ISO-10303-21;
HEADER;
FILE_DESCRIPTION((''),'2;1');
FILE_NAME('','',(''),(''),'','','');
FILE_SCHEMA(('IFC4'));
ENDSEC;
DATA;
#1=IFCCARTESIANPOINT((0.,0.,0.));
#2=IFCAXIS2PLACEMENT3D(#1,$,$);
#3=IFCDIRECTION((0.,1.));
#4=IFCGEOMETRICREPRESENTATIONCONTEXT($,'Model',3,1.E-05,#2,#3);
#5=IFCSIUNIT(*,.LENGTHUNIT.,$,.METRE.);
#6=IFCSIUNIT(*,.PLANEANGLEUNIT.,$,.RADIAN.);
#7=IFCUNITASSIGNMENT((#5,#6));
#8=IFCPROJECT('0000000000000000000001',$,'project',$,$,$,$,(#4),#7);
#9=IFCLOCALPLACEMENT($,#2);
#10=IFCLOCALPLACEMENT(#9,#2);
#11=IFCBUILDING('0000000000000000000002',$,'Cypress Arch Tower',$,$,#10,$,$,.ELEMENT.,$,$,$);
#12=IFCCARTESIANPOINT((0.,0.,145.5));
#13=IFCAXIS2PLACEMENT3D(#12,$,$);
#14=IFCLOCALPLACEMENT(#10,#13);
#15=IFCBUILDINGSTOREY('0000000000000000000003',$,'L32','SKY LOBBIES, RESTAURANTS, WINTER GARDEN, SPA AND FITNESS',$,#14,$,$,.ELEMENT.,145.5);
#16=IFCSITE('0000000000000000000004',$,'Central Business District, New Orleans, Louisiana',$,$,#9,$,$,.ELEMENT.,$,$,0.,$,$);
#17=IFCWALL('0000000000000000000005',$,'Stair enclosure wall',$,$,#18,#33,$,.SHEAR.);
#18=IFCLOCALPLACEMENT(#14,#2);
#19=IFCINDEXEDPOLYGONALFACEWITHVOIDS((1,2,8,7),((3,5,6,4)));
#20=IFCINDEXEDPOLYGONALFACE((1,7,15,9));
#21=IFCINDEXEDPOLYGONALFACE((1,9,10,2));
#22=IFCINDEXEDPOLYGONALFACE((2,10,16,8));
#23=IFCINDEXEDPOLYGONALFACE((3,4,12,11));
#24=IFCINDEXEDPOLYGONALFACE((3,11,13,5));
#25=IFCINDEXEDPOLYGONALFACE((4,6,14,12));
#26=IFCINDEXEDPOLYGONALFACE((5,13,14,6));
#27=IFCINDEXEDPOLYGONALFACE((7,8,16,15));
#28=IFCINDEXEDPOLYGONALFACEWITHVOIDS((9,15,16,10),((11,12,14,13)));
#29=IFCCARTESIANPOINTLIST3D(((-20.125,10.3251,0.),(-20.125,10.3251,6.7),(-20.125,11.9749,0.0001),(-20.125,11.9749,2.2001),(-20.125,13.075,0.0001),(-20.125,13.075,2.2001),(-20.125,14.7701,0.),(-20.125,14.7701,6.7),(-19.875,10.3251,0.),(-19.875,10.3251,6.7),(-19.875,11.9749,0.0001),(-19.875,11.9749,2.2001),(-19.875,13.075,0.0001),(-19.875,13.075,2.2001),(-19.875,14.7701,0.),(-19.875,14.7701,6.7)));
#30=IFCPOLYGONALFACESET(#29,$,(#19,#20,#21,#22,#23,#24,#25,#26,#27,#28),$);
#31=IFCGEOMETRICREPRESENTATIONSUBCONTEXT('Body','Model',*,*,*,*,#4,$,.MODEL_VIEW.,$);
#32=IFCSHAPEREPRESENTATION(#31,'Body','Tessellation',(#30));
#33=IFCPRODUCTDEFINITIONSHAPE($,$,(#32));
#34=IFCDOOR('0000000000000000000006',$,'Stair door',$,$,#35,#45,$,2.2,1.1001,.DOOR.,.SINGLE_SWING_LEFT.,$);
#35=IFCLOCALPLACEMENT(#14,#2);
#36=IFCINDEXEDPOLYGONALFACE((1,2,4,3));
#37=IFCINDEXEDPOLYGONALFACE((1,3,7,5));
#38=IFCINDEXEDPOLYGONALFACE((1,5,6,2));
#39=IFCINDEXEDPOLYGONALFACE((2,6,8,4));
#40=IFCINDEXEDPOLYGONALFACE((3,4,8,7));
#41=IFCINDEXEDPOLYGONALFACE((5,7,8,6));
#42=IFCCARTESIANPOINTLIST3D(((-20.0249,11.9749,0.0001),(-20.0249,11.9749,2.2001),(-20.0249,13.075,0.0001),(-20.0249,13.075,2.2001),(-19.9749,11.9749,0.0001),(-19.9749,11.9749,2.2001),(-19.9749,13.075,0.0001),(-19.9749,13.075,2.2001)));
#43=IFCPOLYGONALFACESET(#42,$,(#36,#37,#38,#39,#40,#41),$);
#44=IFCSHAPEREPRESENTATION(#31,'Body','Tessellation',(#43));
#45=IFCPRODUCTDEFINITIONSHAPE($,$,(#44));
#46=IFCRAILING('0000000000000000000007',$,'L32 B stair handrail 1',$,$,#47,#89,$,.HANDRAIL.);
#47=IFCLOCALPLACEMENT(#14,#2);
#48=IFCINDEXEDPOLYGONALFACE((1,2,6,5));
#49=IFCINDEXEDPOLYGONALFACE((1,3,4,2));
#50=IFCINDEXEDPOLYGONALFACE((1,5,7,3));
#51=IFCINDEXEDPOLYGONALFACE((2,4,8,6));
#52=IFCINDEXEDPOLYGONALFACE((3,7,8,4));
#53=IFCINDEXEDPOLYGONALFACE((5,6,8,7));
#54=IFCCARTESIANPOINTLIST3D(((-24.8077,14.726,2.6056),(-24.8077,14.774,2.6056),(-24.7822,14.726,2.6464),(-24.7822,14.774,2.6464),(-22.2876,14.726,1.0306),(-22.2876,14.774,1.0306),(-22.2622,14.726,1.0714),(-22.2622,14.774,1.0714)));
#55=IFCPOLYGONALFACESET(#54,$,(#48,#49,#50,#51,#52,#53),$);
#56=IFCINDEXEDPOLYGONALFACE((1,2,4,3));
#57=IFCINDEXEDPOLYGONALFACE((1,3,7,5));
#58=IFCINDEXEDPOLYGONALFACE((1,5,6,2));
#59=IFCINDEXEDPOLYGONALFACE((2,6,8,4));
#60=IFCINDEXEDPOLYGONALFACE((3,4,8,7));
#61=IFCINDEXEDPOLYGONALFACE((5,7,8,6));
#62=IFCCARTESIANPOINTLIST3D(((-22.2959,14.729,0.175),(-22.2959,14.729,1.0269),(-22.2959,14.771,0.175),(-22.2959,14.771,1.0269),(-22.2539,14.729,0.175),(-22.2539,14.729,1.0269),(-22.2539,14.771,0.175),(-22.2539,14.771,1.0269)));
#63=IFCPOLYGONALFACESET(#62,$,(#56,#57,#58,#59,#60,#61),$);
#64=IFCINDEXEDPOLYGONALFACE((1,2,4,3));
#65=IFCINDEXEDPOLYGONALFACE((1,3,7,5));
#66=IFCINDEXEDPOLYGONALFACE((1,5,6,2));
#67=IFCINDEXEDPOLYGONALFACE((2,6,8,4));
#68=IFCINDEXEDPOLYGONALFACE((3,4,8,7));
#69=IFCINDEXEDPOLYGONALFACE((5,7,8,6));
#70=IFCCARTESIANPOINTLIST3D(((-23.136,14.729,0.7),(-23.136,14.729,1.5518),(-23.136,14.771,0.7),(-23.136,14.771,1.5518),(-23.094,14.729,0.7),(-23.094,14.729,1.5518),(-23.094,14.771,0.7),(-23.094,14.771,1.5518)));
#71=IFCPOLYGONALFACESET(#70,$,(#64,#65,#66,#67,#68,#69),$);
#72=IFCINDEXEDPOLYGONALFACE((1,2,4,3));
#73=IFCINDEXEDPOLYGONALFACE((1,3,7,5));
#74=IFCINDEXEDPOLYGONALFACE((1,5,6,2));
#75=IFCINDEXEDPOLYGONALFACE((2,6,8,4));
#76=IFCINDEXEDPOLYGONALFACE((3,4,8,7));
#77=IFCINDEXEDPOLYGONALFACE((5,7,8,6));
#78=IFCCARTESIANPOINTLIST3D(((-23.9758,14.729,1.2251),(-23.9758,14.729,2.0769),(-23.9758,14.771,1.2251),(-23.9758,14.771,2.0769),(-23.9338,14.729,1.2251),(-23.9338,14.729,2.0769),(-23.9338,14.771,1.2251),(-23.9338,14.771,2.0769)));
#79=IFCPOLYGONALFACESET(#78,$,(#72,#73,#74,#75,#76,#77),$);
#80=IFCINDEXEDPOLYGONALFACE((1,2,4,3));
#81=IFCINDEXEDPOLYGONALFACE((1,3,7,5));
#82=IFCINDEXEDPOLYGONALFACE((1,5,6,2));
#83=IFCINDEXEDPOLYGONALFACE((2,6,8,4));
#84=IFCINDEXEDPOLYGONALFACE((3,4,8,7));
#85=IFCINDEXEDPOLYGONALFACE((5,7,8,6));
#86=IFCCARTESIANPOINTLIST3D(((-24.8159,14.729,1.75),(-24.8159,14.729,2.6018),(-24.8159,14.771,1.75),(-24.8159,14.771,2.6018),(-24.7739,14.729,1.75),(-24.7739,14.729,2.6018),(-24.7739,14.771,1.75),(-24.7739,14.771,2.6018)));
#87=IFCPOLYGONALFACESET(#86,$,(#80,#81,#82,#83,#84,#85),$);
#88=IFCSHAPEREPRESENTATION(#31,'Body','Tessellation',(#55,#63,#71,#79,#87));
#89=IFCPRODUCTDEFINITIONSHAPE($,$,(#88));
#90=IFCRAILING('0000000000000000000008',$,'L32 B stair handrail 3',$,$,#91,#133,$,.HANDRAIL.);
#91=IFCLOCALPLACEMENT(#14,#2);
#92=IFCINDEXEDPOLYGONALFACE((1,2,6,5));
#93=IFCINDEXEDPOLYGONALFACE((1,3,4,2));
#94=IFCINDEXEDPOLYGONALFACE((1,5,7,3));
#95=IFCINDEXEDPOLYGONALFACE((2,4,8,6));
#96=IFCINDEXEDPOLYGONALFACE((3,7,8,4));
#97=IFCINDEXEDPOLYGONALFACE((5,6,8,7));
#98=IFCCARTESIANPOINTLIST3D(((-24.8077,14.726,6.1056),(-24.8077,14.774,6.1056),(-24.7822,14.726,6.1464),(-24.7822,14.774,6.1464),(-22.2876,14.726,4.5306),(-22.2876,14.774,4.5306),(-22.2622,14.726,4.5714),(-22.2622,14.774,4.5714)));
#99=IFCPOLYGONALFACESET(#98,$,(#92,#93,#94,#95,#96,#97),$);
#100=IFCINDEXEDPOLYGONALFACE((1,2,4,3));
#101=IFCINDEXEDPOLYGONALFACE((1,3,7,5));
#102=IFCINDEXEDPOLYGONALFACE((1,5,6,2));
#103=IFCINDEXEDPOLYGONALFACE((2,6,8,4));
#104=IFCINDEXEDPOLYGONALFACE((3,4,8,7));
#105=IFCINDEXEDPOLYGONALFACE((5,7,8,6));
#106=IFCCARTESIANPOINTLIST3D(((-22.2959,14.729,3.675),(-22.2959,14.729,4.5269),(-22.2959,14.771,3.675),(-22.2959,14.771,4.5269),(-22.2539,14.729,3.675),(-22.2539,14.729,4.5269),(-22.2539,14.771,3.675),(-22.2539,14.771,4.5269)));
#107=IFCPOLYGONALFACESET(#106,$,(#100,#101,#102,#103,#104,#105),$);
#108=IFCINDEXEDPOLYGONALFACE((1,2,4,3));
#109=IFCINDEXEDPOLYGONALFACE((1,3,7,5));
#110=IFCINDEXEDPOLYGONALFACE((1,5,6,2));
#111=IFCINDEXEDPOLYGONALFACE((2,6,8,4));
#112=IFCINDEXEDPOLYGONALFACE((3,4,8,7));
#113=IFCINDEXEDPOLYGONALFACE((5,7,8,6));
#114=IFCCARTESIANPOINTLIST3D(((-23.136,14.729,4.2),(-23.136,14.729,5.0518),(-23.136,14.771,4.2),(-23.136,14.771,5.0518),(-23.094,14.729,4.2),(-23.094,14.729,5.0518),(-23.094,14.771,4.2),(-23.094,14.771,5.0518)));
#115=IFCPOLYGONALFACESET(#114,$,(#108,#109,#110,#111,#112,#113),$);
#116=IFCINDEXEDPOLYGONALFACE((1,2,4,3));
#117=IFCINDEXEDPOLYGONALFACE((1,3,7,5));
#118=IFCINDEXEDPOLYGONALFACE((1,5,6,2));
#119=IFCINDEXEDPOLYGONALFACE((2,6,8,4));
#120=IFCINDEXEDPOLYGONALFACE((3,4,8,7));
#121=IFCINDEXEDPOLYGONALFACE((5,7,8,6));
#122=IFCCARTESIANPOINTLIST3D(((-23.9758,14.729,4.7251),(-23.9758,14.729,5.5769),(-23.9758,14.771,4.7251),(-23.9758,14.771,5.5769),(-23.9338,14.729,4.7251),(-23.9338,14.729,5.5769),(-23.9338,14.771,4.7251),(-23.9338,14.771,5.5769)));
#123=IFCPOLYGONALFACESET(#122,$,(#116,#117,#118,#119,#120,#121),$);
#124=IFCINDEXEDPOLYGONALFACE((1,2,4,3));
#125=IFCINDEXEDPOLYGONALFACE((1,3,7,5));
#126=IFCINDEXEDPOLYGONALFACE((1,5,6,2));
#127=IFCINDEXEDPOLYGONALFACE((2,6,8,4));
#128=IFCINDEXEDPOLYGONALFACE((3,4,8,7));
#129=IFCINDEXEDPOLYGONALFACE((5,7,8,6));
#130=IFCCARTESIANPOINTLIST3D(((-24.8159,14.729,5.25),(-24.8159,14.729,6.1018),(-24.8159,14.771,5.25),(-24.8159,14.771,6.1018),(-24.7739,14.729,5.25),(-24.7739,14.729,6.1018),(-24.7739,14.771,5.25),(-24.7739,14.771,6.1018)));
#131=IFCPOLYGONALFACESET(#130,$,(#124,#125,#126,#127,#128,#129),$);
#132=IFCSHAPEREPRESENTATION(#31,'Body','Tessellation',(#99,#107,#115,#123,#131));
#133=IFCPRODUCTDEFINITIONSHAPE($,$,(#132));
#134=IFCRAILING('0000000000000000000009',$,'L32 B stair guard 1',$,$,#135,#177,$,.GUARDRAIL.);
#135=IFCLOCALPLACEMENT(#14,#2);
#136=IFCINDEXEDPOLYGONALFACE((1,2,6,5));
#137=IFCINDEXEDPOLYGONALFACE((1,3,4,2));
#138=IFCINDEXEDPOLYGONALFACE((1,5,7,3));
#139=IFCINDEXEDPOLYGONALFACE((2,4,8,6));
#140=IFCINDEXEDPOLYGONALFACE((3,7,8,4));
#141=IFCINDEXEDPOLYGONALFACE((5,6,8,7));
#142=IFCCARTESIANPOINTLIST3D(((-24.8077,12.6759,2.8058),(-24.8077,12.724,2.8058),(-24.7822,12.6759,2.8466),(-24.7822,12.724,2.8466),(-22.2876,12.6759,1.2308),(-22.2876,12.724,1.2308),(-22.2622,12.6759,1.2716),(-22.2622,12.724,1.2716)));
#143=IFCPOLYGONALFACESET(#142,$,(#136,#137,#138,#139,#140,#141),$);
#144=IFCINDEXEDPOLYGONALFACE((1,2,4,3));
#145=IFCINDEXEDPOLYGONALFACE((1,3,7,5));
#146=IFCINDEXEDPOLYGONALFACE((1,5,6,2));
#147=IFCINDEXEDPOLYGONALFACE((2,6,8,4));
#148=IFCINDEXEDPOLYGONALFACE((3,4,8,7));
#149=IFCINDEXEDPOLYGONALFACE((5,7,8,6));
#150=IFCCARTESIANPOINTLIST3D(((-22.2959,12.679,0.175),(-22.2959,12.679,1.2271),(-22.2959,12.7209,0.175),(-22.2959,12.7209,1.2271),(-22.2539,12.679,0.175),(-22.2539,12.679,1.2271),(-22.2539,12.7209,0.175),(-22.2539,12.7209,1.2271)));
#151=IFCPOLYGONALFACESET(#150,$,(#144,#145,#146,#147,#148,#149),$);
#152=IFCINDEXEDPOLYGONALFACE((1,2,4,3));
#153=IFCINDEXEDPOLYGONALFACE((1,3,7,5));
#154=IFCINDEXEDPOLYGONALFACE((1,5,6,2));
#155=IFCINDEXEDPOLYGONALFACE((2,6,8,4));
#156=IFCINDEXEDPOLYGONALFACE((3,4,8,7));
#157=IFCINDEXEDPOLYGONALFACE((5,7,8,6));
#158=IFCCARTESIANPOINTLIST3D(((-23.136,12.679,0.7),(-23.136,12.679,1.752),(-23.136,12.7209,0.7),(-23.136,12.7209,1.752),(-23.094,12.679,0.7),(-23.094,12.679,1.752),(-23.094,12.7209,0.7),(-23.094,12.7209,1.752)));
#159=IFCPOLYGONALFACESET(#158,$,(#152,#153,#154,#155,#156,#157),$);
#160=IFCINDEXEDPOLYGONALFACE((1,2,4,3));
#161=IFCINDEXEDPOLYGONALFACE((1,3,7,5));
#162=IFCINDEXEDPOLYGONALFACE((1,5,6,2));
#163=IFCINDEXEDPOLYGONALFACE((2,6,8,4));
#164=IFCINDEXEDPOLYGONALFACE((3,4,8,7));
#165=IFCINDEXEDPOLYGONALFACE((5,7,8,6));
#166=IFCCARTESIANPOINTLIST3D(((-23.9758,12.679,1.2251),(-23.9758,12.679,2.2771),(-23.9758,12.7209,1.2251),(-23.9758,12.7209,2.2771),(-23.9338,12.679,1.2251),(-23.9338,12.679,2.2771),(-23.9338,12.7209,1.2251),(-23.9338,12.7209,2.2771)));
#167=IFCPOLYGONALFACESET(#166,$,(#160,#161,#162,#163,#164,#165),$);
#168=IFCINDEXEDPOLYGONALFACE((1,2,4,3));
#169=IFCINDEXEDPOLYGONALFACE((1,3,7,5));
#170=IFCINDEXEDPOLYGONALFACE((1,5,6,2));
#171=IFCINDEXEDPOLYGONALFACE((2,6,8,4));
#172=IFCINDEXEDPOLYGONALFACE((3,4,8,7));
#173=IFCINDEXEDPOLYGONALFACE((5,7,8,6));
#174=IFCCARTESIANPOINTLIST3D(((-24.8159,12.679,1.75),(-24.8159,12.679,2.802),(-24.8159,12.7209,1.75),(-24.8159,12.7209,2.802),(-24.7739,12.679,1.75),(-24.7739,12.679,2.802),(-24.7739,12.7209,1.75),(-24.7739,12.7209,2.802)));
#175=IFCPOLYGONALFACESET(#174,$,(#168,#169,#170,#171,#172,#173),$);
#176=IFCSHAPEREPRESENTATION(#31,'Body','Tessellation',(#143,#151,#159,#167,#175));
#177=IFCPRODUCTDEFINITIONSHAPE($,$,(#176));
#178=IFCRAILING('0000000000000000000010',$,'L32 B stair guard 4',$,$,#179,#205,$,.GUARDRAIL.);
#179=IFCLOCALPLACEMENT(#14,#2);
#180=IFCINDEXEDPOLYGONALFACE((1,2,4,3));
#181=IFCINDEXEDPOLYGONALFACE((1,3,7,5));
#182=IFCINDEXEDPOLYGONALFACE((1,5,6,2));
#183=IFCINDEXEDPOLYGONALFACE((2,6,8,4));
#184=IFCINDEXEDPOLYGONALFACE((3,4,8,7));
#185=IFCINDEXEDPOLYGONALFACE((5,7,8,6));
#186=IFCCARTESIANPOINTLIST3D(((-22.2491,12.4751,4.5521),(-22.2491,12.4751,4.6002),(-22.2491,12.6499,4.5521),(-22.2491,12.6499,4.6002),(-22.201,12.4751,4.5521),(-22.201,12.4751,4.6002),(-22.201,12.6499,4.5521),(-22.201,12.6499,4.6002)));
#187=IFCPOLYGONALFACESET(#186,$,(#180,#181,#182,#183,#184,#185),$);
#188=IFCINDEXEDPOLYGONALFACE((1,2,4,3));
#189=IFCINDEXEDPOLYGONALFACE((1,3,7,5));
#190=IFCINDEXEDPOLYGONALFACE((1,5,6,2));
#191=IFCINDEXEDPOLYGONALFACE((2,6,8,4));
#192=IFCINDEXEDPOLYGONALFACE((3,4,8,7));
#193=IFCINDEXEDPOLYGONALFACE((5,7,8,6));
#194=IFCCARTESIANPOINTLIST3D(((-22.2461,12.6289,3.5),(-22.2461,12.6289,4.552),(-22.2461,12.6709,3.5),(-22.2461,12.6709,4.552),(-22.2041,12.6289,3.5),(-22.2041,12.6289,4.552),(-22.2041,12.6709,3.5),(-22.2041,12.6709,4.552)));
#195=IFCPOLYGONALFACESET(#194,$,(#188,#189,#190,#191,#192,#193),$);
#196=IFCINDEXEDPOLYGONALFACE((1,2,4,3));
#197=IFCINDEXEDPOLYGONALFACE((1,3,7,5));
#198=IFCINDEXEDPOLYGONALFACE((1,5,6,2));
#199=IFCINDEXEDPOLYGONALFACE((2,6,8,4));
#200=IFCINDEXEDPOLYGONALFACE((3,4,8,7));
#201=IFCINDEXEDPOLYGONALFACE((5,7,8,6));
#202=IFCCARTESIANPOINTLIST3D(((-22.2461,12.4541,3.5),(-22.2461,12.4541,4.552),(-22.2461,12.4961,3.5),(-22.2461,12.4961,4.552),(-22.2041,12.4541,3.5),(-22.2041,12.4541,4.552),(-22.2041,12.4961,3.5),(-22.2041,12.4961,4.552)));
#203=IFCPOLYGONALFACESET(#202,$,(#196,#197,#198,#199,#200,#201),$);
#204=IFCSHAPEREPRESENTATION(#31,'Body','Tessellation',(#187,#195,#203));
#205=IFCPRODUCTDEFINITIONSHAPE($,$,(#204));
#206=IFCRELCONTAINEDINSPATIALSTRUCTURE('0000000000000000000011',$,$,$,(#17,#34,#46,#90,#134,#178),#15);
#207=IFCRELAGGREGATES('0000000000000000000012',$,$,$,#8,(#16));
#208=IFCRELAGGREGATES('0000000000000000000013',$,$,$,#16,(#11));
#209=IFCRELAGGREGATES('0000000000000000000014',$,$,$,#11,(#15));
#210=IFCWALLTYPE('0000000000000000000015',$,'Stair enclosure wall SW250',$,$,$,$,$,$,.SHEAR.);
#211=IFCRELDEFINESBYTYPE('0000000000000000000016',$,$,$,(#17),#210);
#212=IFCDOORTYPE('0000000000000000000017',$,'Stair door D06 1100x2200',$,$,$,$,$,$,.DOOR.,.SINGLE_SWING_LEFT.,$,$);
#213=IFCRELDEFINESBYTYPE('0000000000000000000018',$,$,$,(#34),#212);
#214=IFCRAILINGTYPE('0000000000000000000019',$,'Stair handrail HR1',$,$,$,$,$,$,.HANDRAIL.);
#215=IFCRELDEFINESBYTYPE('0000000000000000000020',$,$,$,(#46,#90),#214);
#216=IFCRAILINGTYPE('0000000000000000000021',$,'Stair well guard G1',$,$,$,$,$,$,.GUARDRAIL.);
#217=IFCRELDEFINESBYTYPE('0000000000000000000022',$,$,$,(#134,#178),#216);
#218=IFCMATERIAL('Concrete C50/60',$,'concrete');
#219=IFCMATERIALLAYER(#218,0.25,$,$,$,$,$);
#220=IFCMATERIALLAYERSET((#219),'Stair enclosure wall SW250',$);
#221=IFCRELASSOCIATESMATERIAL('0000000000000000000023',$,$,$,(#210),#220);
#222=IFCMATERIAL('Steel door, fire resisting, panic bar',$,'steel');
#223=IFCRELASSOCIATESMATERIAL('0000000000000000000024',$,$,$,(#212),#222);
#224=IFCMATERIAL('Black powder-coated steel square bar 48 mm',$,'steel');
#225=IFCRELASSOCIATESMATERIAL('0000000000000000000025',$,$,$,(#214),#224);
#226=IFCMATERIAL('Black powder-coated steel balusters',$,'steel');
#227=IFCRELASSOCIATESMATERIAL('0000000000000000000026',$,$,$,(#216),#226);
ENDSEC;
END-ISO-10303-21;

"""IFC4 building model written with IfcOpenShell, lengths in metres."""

from ifc_helpers import new_model, si_unit, direction, frame, frame_2d, origin, origin_2d, place, context, subcontext, project, spatial, rectangle, extrude, material, layer, layer_set, type_object, element, fill, save


model = new_model("IFC4")

# Units and contexts
model_context = context("Model", 3, precision=1e-05, world=origin(), true_north=direction((0.0, 1.0)))
body_context = subcontext(model_context, "Body", "Model", "MODEL_VIEW")
ifc_project = project(units=[si_unit("LENGTHUNIT", "METRE"), si_unit("PLANEANGLEUNIT", "RADIAN")], contexts=[model_context])

# Site, building, storey
site_placement = place(None, origin())
site = spatial("IfcSite", under=ifc_project, at=site_placement, Name="Central Business District, New Orleans, Louisiana", CompositionType="ELEMENT", RefElevation=0.0)
building_placement = place(site_placement, origin())
building = spatial("IfcBuilding", under=site, at=building_placement, Name="Cypress Arch Tower", CompositionType="ELEMENT")
storey_placement = place(building_placement, frame((0.0, 0.0, 145.5)))
storey = spatial("IfcBuildingStorey", under=building, at=storey_placement, Name="L32", Description="SKY LOBBIES, RESTAURANTS, WINTER GARDEN, SPA AND FITNESS", CompositionType="ELEMENT", Elevation=145.5)

# Wall, opening, door
ifc_material_1 = material(Name="Concrete C50/60", Category="concrete")
ifc_layer_1 = layer(ifc_material_1, 0.25)
ifc_layer_set_1 = layer_set([ifc_layer_1], Name="Stair enclosure wall SW250")
wall_type_1 = type_object("IfcWallType", Name="Stair enclosure wall SW250", PredefinedType="SHEAR", material=ifc_layer_set_1)
wall_1_placement = place(storey_placement, frame((-20.0, 10.325, 0.0), z_axis=(0.0, 0.0, 1.0), x_axis=(0.0, 1.0, 0.0)))
wall_1 = element("IfcWall", 1, at=wall_1_placement, inside=storey, type_object=wall_type_1, Name="Stair enclosure wall", PredefinedType="SHEAR", context=body_context, shape_type="SweptSolid", body=[
    extrude(rectangle(XDim=4.4451, YDim=0.25, at=frame_2d((2.2227, 0.0))), origin(), (0.0, 0.0, 1.0), 6.7),
])
opening_1_placement = place(wall_1_placement, frame((1.6499, 0.0, 0.0)))
opening_1 = element("IfcOpeningElement", 2, at=opening_1_placement, cuts=wall_1, PredefinedType="OPENING", context=body_context, shape_type="SweptSolid", body=[
    extrude(rectangle(XDim=1.1001, YDim=2.2, at=frame_2d((0.55, 1.1001))), frame((0.0, 0.135, 0.0), z_axis=(0.0, -1.0, 0.0), x_axis=(1.0, 0.0, 0.0)), (0.0, 0.0, 1.0), 0.27),
])
ifc_material_2 = material(Name="Steel door, fire resisting, panic bar", Category="steel")
door_type_1 = type_object("IfcDoorType", Name="Stair door D06 1100x2200", OperationType="SINGLE_SWING_LEFT", PredefinedType="DOOR", material=ifc_material_2)
door_1_placement = place(opening_1_placement, origin())
door_1 = element("IfcDoor", 3, at=door_1_placement, inside=storey, type_object=door_type_1, Name="Stair door", OperationType="SINGLE_SWING_LEFT", OverallHeight=2.2, OverallWidth=1.1001, PredefinedType="DOOR", context=body_context, shape_type="SweptSolid", body=[
    extrude(rectangle(XDim=1.1001, YDim=2.2, at=frame_2d((0.55, 1.1001))), frame((0.0, 0.0249, 0.0), z_axis=(0.0, -1.0, 0.0), x_axis=(1.0, 0.0, 0.0)), (0.0, 0.0, 1.0), 0.05),
])
fill(opening_1, door_1)

# Railings
ifc_material_3 = material(Name="Black powder-coated steel square bar 48 mm", Category="steel")
railing_type_1 = type_object("IfcRailingType", Name="Stair handrail HR1", PredefinedType="HANDRAIL", material=ifc_material_3)
for number, where, name in (
    (4, (-22.2749, 14.75, 0.175), "L32 B stair handrail 1"),
    (5, (-22.2749, 14.75, 3.675), "L32 B stair handrail 3"),
):
    element("IfcRailing", number, at=place(storey_placement, frame(where)), inside=storey, type_object=railing_type_1, Name=name, PredefinedType="HANDRAIL", context=body_context, shape_type="SweptSolid", body=[
        extrude(rectangle(XDim=0.0481, YDim=0.0481, at=origin_2d()), frame((0.0, 0.0, 0.876), z_axis=(-0.848008, 0.0, 0.529984), x_axis=(0.0, -1.0, 0.0)), (0.0, 0.0, 1.0), 2.9717),
        extrude(rectangle(XDim=0.042, YDim=0.042, at=origin_2d()), origin(), (0.0, 0.0, 1.0), 0.8518),
        extrude(rectangle(XDim=0.042, YDim=0.042, at=origin_2d()), frame((-0.8401, 0.0, 0.5249)), (0.0, 0.0, 1.0), 0.8518),
        extrude(rectangle(XDim=0.042, YDim=0.042, at=origin_2d()), frame((-1.6799, 0.0, 1.05)), (0.0, 0.0, 1.0), 0.8518),
        extrude(rectangle(XDim=0.042, YDim=0.042, at=origin_2d()), frame((-2.52, 0.0, 1.575)), (0.0, 0.0, 1.0), 0.8518),
    ])
ifc_material_4 = material(Name="Black powder-coated steel balusters", Category="steel")
railing_type_2 = type_object("IfcRailingType", Name="Stair well guard G1", PredefinedType="GUARDRAIL", material=ifc_material_4)
railing_1_placement = place(storey_placement, frame((-22.2749, 12.7, 0.175)))
element("IfcRailing", 6, at=railing_1_placement, inside=storey, type_object=railing_type_2, Name="L32 B stair guard 1", PredefinedType="GUARDRAIL", context=body_context, shape_type="SweptSolid", body=[
    extrude(rectangle(XDim=0.0481, YDim=0.0481, at=origin_2d()), frame((0.0, 0.0, 1.0762), z_axis=(-0.848008, 0.0, 0.529984), x_axis=(0.0, -1.0, 0.0)), (0.0, 0.0, 1.0), 2.9717),
    extrude(rectangle(XDim=0.042, YDim=0.042, at=origin_2d()), origin(), (0.0, 0.0, 1.0), 1.052),
    extrude(rectangle(XDim=0.042, YDim=0.042, at=origin_2d()), frame((-0.8401, 0.0, 0.5249)), (0.0, 0.0, 1.0), 1.052),
    extrude(rectangle(XDim=0.042, YDim=0.042, at=origin_2d()), frame((-1.6799, 0.0, 1.05)), (0.0, 0.0, 1.0), 1.052),
    extrude(rectangle(XDim=0.042, YDim=0.042, at=origin_2d()), frame((-2.52, 0.0, 1.575)), (0.0, 0.0, 1.0), 1.052),
])
railing_2_placement = place(storey_placement, frame((-22.2251, 12.6499, 3.5)))
element("IfcRailing", 7, at=railing_2_placement, inside=storey, type_object=railing_type_2, Name="L32 B stair guard 4", PredefinedType="GUARDRAIL", context=body_context, shape_type="SweptSolid", body=[
    extrude(rectangle(XDim=0.0481, YDim=0.0481, at=origin_2d()), frame((0.0, 0.0, 1.0762), z_axis=(0.0, -1.0, 0.0), x_axis=(1.0, 0.0, 0.0)), (0.0, 0.0, 1.0), 0.1748),
    extrude(rectangle(XDim=0.042, YDim=0.042, at=origin_2d()), origin(), (0.0, 0.0, 1.0), 1.052),
    extrude(rectangle(XDim=0.042, YDim=0.042, at=origin_2d()), frame((0.0, -0.1748, 0.0)), (0.0, 0.0, 1.0), 1.052),
])

save(model, "model.ifc")
